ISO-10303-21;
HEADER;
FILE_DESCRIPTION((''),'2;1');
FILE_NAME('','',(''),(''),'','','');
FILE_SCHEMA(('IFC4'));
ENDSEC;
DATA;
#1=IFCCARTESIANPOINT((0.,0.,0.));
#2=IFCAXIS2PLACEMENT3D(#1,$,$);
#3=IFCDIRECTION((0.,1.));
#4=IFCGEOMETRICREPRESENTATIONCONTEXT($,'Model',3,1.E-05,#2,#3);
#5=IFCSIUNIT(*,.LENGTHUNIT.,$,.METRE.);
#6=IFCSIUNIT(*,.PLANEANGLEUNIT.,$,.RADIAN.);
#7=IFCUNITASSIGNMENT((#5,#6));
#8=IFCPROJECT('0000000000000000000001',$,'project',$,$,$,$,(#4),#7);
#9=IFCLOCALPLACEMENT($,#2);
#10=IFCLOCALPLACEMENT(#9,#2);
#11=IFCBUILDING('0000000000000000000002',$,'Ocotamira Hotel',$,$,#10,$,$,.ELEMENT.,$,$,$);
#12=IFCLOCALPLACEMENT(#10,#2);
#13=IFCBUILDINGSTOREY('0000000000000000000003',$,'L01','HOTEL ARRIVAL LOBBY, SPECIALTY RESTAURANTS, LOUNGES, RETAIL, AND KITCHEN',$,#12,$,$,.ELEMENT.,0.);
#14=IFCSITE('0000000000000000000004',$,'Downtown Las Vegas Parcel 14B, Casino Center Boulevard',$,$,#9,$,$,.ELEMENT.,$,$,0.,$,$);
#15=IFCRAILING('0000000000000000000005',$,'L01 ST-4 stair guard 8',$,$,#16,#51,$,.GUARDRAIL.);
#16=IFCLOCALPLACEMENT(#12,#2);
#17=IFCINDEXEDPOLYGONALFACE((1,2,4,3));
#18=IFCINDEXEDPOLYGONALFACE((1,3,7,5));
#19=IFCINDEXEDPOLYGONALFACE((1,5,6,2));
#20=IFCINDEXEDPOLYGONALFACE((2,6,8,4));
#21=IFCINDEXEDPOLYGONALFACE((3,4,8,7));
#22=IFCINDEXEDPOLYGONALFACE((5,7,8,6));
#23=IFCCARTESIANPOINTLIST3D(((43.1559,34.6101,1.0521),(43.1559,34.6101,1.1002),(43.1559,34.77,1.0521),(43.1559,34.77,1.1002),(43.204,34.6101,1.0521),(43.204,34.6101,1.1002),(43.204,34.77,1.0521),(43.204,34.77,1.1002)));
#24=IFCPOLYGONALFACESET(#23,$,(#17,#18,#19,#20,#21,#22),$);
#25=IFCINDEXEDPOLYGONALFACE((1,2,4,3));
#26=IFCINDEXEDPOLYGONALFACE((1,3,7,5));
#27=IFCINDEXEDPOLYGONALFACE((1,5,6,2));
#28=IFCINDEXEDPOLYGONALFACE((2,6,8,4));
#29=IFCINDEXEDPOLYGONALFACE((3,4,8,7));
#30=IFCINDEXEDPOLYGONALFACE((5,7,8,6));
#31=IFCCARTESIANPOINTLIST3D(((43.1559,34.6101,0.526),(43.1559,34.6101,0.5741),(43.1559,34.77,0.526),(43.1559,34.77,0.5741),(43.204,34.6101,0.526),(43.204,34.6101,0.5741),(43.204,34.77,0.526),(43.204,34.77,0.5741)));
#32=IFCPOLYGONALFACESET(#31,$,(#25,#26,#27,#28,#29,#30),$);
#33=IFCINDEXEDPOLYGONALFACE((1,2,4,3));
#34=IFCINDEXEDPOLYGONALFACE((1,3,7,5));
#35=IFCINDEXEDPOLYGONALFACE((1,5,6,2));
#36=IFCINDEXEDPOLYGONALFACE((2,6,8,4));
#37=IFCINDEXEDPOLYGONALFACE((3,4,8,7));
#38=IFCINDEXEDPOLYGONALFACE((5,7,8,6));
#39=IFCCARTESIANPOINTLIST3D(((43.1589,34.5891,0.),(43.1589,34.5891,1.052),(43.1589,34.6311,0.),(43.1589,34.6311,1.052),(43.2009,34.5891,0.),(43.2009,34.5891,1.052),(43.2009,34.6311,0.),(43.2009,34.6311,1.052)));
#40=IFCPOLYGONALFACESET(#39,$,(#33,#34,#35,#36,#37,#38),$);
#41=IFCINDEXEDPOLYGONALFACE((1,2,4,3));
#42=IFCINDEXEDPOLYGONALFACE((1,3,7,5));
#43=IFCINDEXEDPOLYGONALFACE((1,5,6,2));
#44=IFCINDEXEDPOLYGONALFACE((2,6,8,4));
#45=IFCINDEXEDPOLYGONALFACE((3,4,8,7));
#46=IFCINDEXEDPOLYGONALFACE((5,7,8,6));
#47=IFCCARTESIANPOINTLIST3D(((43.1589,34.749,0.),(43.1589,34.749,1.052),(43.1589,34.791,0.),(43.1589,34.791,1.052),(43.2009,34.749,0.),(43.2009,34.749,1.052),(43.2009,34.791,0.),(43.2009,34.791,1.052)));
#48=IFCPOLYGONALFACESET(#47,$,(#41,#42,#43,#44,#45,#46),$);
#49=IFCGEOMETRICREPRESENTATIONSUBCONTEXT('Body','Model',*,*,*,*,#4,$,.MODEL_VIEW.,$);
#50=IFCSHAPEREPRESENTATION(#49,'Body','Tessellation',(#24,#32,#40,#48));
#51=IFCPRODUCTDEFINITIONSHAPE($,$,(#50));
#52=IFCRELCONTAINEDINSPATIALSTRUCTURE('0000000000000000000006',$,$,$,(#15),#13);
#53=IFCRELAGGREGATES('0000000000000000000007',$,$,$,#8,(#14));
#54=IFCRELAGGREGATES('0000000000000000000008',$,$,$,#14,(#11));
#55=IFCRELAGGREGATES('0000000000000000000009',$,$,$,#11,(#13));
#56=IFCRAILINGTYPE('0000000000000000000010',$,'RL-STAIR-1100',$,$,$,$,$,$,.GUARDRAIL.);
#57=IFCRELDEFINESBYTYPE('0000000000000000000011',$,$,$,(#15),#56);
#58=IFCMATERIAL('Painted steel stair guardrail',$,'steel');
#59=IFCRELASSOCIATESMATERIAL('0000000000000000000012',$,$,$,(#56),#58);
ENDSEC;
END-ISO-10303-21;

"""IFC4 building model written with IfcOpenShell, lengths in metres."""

from ifc_helpers import new_model, si_unit, direction, frame, origin, origin_2d, place, context, subcontext, project, spatial, rectangle, extrude, material, type_object, element, save


model = new_model("IFC4")

# Units and contexts
model_context = context("Model", 3, precision=1e-05, world=origin(), true_north=direction((0.0, 1.0)))
body_context = subcontext(model_context, "Body", "Model", "MODEL_VIEW")
ifc_project = project(units=[si_unit("LENGTHUNIT", "METRE"), si_unit("PLANEANGLEUNIT", "RADIAN")], contexts=[model_context])

# Site, building, storey
site_placement = place(None, origin())
site = spatial("IfcSite", under=ifc_project, at=site_placement, Name="Downtown Las Vegas Parcel 14B, Casino Center Boulevard", CompositionType="ELEMENT", RefElevation=0.0)
building_placement = place(site_placement, origin())
building = spatial("IfcBuilding", under=site, at=building_placement, Name="Ocotamira Hotel", CompositionType="ELEMENT")
storey_placement = place(building_placement, origin())
storey = spatial("IfcBuildingStorey", under=building, at=storey_placement, Name="L01", Description="HOTEL ARRIVAL LOBBY, SPECIALTY RESTAURANTS, LOUNGES, RETAIL, AND KITCHEN", CompositionType="ELEMENT", Elevation=0.0)

# Railing
ifc_material_1 = material(Name="Painted steel stair guardrail", Category="steel")
railing_type_1 = type_object("IfcRailingType", Name="RL-STAIR-1100", PredefinedType="GUARDRAIL", material=ifc_material_1)
railing_1_placement = place(storey_placement, frame((43.1799, 34.6101, 0.0)))
element("IfcRailing", 1, at=railing_1_placement, inside=storey, type_object=railing_type_1, Name="L01 ST-4 stair guard 8", PredefinedType="GUARDRAIL", context=body_context, shape_type="SweptSolid", body=[
    extrude(rectangle(XDim=0.0481, YDim=0.0481, at=origin_2d()), frame((0.0, 0.0, 1.0762), z_axis=(0.0, 1.0, 0.0), x_axis=(-1.0, 0.0, 0.0)), (0.0, 0.0, 1.0), 0.1599),
    extrude(rectangle(XDim=0.0481, YDim=0.0481, at=origin_2d()), frame((0.0, 0.0, 0.55), z_axis=(0.0, 1.0, 0.0), x_axis=(-1.0, 0.0, 0.0)), (0.0, 0.0, 1.0), 0.1599),
    extrude(rectangle(XDim=0.042, YDim=0.042, at=origin_2d()), origin(), (0.0, 0.0, 1.0), 1.052),
    extrude(rectangle(XDim=0.042, YDim=0.042, at=origin_2d()), frame((0.0, 0.1599, 0.0)), (0.0, 0.0, 1.0), 1.052),
])

save(model, "model.ifc")
